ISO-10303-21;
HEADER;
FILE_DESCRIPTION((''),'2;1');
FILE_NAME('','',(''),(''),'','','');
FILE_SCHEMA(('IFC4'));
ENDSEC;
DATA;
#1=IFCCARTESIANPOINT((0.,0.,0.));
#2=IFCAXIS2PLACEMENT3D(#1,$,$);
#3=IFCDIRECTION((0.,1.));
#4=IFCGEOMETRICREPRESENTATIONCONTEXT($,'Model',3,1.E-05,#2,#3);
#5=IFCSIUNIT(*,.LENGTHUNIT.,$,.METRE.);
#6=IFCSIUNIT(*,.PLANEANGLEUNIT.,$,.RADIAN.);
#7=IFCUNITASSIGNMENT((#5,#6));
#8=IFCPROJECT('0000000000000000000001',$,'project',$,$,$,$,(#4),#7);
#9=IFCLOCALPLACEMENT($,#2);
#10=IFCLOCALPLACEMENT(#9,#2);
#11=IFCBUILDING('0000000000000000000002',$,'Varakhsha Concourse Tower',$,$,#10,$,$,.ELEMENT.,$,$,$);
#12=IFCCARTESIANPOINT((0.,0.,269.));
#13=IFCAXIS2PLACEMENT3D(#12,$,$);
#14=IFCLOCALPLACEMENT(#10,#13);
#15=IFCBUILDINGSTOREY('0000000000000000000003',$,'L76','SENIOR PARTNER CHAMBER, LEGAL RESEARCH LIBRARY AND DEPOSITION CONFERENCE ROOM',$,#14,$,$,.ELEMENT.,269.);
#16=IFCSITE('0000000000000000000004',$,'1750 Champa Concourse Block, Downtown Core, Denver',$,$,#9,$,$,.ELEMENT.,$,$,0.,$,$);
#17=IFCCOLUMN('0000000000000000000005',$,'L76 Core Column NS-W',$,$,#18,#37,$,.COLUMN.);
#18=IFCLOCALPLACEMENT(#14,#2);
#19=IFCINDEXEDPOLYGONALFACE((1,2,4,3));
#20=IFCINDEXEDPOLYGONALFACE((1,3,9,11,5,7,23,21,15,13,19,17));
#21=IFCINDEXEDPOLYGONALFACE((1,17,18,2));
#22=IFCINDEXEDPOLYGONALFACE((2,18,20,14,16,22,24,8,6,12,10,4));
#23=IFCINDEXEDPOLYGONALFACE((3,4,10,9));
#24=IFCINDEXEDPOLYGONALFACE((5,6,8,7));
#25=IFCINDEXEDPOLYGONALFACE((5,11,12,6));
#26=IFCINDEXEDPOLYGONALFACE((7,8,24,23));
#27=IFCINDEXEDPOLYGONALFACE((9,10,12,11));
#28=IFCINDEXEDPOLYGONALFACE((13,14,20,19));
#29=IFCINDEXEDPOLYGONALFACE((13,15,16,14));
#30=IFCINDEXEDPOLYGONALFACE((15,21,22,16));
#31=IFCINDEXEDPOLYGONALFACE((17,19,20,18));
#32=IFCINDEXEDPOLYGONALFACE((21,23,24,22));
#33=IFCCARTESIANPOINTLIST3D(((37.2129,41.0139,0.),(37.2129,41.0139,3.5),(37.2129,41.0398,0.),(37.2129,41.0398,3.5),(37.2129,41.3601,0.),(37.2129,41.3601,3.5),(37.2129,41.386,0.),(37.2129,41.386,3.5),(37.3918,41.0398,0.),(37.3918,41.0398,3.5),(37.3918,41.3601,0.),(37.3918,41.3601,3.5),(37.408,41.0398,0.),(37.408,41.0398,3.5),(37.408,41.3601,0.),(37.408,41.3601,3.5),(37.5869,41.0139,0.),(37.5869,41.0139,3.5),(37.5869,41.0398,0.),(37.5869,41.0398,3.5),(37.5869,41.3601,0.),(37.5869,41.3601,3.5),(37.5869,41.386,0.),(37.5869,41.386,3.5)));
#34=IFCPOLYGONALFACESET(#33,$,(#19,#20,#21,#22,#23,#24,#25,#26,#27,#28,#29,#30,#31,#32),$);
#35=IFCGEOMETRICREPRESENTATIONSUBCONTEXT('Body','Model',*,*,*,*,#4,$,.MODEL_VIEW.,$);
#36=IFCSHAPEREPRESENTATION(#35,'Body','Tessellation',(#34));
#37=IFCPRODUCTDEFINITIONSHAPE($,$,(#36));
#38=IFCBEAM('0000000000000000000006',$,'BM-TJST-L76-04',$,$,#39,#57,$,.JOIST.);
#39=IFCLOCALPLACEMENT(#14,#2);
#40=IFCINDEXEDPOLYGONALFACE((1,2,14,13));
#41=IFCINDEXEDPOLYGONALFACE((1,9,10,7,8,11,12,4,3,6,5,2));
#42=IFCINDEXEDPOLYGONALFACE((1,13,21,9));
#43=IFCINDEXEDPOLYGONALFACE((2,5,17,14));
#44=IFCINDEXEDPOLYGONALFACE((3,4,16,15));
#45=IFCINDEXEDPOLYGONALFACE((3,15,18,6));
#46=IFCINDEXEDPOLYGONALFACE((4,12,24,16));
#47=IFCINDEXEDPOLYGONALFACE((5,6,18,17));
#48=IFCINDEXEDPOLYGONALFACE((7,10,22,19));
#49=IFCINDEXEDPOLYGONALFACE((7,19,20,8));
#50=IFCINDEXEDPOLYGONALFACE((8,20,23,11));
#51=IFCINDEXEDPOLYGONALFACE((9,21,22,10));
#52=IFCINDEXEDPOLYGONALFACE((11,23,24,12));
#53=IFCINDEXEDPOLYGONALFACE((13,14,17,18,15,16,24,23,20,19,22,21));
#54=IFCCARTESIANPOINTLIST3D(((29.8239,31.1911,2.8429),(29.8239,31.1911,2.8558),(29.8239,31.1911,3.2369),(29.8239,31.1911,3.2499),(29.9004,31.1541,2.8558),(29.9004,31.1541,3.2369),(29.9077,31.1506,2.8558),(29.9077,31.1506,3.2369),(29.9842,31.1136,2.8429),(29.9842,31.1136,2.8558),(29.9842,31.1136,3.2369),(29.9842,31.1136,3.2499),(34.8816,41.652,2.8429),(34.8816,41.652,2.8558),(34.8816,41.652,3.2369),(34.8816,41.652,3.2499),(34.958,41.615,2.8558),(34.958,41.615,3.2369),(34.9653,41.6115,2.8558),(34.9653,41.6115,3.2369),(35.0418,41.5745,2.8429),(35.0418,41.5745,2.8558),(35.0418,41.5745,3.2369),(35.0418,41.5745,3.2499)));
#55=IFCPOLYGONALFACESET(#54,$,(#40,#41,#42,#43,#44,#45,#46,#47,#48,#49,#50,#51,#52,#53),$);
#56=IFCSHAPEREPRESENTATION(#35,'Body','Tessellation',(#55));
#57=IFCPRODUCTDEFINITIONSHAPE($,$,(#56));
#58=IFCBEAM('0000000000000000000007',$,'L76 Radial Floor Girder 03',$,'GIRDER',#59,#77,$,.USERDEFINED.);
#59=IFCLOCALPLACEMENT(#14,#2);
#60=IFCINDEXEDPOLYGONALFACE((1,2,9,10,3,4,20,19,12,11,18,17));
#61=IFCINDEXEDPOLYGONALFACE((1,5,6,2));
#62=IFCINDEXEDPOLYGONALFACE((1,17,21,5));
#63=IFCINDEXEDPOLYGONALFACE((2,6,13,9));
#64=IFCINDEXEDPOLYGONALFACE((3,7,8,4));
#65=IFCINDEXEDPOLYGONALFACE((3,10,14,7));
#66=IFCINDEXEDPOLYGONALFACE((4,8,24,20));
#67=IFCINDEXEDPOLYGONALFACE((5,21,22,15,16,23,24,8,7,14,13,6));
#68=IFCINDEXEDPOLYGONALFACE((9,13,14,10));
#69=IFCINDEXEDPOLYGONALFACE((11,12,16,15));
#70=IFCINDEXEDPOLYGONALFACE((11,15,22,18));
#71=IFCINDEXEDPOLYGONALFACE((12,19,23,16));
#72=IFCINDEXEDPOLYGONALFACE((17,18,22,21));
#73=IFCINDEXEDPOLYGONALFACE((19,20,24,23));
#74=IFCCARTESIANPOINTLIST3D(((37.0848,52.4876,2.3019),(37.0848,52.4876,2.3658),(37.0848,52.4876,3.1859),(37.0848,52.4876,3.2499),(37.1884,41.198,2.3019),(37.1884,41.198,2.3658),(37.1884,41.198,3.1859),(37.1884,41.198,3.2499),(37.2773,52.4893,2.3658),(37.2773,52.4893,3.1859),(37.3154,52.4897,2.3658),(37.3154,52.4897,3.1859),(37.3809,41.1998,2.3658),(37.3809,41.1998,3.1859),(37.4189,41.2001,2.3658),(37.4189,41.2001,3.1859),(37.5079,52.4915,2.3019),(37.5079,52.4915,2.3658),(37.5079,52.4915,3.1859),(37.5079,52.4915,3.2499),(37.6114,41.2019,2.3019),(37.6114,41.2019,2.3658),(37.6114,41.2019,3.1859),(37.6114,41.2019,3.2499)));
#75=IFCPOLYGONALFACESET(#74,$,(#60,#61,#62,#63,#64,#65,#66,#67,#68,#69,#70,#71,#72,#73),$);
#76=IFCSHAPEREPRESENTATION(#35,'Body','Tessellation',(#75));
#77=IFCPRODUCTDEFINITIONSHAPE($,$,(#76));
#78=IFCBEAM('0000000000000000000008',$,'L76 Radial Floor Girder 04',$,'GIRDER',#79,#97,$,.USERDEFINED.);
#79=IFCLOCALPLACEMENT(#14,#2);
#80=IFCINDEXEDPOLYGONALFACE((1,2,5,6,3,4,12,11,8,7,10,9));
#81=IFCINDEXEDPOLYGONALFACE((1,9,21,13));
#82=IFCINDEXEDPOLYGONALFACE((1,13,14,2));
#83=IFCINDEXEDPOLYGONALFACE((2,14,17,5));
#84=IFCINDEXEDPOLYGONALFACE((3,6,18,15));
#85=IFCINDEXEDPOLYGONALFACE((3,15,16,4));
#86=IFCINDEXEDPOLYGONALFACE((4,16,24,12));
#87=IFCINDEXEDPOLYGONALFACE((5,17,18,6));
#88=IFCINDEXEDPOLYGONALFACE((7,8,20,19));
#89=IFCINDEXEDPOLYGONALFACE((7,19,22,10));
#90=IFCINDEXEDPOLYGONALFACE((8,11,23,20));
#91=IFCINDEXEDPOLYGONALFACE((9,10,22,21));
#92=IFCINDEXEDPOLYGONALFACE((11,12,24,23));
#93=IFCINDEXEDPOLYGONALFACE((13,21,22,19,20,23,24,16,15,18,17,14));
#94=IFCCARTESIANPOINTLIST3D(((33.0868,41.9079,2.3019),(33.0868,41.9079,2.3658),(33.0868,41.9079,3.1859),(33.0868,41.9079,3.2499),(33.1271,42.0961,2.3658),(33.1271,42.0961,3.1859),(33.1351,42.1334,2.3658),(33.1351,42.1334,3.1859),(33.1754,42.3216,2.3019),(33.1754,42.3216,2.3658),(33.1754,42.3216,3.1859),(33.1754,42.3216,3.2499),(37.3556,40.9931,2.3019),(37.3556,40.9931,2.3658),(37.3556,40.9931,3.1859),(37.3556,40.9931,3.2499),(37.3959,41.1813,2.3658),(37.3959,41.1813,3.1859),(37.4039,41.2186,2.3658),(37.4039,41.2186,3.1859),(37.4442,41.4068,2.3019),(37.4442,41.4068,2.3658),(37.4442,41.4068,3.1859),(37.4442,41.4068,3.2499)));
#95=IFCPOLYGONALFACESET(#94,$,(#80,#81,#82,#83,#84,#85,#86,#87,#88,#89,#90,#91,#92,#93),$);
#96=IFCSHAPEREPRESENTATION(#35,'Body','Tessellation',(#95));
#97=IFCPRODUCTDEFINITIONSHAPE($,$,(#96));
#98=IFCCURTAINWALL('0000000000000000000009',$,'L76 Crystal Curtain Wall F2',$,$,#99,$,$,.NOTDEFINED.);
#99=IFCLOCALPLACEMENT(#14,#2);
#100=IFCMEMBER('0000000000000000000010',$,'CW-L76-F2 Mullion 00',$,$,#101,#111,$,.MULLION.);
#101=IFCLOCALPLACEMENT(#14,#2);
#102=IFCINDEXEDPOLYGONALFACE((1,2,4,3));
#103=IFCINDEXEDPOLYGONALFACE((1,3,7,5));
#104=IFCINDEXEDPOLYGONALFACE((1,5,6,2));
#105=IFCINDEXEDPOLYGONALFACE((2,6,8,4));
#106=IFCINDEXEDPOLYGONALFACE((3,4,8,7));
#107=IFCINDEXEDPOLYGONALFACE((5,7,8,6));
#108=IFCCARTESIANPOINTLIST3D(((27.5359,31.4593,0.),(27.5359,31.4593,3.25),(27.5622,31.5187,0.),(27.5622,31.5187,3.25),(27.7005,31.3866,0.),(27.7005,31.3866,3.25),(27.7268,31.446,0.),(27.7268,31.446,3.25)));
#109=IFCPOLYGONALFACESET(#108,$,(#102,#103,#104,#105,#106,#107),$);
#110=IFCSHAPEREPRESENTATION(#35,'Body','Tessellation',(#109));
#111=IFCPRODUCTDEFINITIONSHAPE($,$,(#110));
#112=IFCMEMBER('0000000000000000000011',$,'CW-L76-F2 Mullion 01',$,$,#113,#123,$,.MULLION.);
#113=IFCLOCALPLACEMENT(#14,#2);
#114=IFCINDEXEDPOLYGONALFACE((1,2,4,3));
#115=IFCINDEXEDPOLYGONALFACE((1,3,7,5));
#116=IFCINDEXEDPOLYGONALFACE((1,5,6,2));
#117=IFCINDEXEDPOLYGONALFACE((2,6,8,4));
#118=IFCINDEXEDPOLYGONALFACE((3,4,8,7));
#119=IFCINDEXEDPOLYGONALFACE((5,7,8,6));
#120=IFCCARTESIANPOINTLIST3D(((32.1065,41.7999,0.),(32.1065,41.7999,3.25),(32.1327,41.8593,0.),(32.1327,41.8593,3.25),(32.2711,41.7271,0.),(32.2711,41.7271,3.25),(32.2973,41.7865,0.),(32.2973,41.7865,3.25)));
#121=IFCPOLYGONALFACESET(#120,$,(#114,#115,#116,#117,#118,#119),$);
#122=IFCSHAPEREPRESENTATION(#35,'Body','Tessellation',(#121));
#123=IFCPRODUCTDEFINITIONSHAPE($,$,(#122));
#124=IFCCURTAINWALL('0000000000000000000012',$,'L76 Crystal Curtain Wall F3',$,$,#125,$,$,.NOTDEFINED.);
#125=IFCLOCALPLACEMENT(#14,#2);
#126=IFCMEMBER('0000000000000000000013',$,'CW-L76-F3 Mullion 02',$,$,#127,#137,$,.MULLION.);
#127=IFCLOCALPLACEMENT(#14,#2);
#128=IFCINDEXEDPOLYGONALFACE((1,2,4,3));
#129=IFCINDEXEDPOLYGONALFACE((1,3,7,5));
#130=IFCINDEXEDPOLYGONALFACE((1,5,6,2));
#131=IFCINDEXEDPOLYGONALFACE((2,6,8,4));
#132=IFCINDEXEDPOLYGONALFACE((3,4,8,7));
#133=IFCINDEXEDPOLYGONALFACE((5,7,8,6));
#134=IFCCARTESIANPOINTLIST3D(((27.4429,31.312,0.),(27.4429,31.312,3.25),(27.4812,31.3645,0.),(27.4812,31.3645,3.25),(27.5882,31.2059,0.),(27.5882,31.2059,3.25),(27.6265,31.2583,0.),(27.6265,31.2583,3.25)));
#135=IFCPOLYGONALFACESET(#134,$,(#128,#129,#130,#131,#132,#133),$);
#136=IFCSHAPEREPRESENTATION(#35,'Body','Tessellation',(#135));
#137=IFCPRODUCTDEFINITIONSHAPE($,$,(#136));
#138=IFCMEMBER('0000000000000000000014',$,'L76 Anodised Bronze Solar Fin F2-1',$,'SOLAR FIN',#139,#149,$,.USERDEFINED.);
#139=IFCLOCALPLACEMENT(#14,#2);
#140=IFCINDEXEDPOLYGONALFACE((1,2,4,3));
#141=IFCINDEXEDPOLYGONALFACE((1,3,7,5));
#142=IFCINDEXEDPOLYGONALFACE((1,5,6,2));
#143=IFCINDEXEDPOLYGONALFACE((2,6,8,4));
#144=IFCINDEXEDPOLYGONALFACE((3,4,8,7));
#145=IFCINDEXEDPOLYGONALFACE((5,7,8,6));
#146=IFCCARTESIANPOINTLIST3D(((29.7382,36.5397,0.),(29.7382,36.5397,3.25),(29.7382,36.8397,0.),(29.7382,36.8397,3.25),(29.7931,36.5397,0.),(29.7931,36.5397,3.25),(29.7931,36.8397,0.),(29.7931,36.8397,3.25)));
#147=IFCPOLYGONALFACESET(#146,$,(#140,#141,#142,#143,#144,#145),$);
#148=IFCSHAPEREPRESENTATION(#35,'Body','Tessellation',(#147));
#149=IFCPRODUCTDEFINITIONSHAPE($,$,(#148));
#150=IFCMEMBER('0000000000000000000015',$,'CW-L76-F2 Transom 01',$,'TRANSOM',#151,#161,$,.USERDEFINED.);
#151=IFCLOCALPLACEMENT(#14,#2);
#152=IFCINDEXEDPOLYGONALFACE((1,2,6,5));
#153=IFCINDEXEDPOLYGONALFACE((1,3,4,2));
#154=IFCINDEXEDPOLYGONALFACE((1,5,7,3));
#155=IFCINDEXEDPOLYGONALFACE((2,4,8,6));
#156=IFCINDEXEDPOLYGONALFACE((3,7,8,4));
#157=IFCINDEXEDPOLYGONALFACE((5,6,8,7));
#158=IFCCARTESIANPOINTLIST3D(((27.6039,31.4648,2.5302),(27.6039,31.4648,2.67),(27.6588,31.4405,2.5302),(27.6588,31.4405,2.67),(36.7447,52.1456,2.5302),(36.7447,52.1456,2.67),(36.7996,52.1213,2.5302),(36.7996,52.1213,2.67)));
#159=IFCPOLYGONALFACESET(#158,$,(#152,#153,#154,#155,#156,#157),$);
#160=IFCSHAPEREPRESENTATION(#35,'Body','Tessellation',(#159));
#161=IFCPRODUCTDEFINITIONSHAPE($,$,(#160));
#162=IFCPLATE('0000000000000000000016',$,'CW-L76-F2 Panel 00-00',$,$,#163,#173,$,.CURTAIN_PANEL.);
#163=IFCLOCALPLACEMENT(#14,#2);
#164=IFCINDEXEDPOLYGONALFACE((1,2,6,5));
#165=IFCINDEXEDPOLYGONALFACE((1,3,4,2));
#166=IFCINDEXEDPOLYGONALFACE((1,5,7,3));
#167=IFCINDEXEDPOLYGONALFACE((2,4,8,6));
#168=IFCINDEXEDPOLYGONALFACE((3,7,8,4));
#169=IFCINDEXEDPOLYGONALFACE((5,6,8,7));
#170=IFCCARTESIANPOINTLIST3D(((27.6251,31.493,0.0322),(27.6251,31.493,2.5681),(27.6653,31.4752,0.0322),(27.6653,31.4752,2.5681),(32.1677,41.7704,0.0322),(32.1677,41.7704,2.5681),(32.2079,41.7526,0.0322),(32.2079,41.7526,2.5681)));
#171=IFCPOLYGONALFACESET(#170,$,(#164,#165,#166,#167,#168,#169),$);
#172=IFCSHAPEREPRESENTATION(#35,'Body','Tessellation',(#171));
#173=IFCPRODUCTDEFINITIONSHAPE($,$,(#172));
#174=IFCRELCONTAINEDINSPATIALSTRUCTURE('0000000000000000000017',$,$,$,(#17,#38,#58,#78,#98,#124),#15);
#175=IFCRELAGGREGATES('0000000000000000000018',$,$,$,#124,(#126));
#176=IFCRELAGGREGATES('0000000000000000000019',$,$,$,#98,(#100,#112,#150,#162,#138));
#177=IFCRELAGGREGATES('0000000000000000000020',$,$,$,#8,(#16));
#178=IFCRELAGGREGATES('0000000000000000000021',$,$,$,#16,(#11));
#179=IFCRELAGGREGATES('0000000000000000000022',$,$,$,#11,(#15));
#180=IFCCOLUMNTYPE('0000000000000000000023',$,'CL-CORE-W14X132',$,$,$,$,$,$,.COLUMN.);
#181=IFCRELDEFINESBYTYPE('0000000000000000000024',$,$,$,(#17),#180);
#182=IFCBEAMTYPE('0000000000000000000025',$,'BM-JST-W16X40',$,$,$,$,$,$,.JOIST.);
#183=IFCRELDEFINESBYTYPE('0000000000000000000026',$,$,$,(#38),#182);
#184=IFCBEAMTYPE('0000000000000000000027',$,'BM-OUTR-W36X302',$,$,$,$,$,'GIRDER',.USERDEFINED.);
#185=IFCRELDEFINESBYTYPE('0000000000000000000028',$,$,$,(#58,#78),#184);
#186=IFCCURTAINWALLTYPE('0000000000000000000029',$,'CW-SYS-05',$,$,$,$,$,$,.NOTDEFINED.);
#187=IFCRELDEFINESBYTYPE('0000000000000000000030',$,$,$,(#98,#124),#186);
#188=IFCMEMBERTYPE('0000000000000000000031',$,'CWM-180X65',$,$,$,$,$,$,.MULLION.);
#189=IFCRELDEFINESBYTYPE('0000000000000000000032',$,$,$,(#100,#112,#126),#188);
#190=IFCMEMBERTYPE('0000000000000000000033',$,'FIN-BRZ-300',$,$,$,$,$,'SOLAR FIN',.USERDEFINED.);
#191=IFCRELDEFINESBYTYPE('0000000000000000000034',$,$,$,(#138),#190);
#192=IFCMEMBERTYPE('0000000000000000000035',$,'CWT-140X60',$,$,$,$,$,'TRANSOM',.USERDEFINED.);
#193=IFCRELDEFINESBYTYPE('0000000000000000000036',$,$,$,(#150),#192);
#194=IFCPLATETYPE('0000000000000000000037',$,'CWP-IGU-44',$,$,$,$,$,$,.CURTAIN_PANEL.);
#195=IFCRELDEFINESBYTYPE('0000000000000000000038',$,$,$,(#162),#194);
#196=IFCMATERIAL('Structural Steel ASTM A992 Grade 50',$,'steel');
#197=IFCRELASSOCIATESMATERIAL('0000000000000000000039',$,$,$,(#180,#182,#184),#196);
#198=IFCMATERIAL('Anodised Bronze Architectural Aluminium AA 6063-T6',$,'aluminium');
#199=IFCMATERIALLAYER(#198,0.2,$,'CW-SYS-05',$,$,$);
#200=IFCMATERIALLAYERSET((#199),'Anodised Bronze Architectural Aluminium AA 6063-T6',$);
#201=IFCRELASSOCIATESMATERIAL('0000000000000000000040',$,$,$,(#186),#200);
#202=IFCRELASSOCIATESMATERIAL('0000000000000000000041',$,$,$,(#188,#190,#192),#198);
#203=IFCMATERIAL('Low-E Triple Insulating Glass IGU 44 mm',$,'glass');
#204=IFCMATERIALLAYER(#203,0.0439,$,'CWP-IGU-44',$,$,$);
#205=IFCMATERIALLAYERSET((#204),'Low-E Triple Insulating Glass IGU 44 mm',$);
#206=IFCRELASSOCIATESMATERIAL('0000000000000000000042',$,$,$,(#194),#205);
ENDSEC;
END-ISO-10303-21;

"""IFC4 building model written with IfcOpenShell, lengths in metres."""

from ifc_helpers import new_model, si_unit, direction, frame, origin, origin_2d, place, context, subcontext, project, spatial, rectangle, i_section, extrude, source, transform, mapped, material, layer, layer_set, material_profile, profile_set, type_object, type_shapes, element, aggregate, save


model = new_model("IFC4")

# Units and contexts
model_context = context("Model", 3, precision=1e-05, world=origin(), true_north=direction((0.0, 1.0)))
body_context = subcontext(model_context, "Body", "Model", "MODEL_VIEW")
ifc_project = project(units=[si_unit("LENGTHUNIT", "METRE"), si_unit("PLANEANGLEUNIT", "RADIAN")], contexts=[model_context])

# Site, building, storey
site_placement = place(None, origin())
site = spatial("IfcSite", under=ifc_project, at=site_placement, Name="1750 Champa Concourse Block, Downtown Core, Denver", CompositionType="ELEMENT", RefElevation=0.0)
building_placement = place(site_placement, origin())
building = spatial("IfcBuilding", under=site, at=building_placement, Name="Varakhsha Concourse Tower", CompositionType="ELEMENT")
storey_placement = place(building_placement, frame((0.0, 0.0, 269.0)))
storey = spatial("IfcBuildingStorey", under=building, at=storey_placement, Name="L76", Description="SENIOR PARTNER CHAMBER, LEGAL RESEARCH LIBRARY AND DEPOSITION CONFERENCE ROOM", CompositionType="ELEMENT", Elevation=269.0)

# Column
ifc_material_1 = material(Name="Structural Steel ASTM A992 Grade 50", Category="steel")
ifc_material_profile_1 = material_profile(ifc_material_1, i_section(OverallWidth=0.374, OverallDepth=0.3721, WebThickness=0.0161, FlangeThickness=0.0259, at=origin_2d()), Name="W14X132")
ifc_profile_set_1 = profile_set([ifc_material_profile_1], Name="Structural Steel ASTM A992 Grade 50")
column_type = type_object("IfcColumnType", Name="CL-CORE-W14X132", PredefinedType="COLUMN", material=ifc_profile_set_1)
column_placement = place(storey_placement, frame((37.3999, 41.2, 0.0), z_axis=(0.0, 0.0, 1.0), x_axis=(1.0, 0.0, 0.0)))
element("IfcColumn", 1, at=column_placement, inside=storey, type_object=column_type, Name="L76 Core Column NS-W", PredefinedType="COLUMN", context=body_context, shape_type="SweptSolid", body=[
    extrude(i_section(OverallWidth=0.374, OverallDepth=0.3721, WebThickness=0.0161, FlangeThickness=0.0259, at=origin_2d()), origin(), (0.0, 0.0, 1.0), 3.5),
])

# Beams
ifc_material_profile_2 = material_profile(ifc_material_1, i_section(OverallWidth=0.178, OverallDepth=0.407, WebThickness=0.0081, FlangeThickness=0.0129, at=origin_2d()), Name="W16X40")
ifc_profile_set_2 = profile_set([ifc_material_profile_2], Name="Structural Steel ASTM A992 Grade 50")
beam_type_1 = type_object("IfcBeamType", Name="BM-JST-W16X40", PredefinedType="JOIST", material=ifc_profile_set_2)
beam_1_placement = place(storey_placement, frame((34.9617, 41.6133, 3.0464), z_axis=(-0.435273, -0.900298, 0.0), x_axis=(0.900298, -0.435273, 0.0)))
element("IfcBeam", 2, at=beam_1_placement, inside=storey, type_object=beam_type_1, Name="BM-TJST-L76-04", PredefinedType="JOIST", context=body_context, shape_type="SweptSolid", body=[
    extrude(i_section(OverallWidth=0.178, OverallDepth=0.407, WebThickness=0.0081, FlangeThickness=0.0129, at=origin_2d()), origin(), (0.0, 0.0, 1.0), 11.6194),
])
ifc_material_profile_3 = material_profile(ifc_material_1, i_section(OverallWidth=0.4231, OverallDepth=0.948, WebThickness=0.0381, FlangeThickness=0.064, at=origin_2d()), Name="W36X302")
ifc_profile_set_3 = profile_set([ifc_material_profile_3], Name="Structural Steel ASTM A992 Grade 50")
beam_type_2 = type_object("IfcBeamType", Name="BM-OUTR-W36X302", ElementType="GIRDER", PredefinedType="USERDEFINED", material=ifc_profile_set_3)
beam_2_placement = place(storey_placement, frame((37.3999, 41.2, 2.7759), z_axis=(-0.009169, 0.999958, 0.0), x_axis=(-0.999958, -0.009169, 0.0)))
element("IfcBeam", 3, at=beam_2_placement, inside=storey, type_object=beam_type_2, Name="L76 Radial Floor Girder 03", ObjectType="GIRDER", PredefinedType="USERDEFINED", context=body_context, shape_type="SweptSolid", body=[
    extrude(i_section(OverallWidth=0.4231, OverallDepth=0.948, WebThickness=0.0381, FlangeThickness=0.064, at=origin_2d()), origin(), (0.0, 0.0, 1.0), 11.29),
])
beam_3_placement = place(storey_placement, frame((37.3999, 41.2, 2.7759), z_axis=(-0.9778, 0.209541, 0.0), x_axis=(-0.209541, -0.9778, 0.0)))
element("IfcBeam", 4, at=beam_3_placement, inside=storey, type_object=beam_type_2, Name="L76 Radial Floor Girder 04", ObjectType="GIRDER", PredefinedType="USERDEFINED", context=body_context, shape_type="SweptSolid", body=[
    extrude(i_section(OverallWidth=0.4231, OverallDepth=0.948, WebThickness=0.0381, FlangeThickness=0.064, at=origin_2d()), origin(), (0.0, 0.0, 1.0), 4.3657),
])

# Curtain wall, members
ifc_material_2 = material(Name="Anodised Bronze Architectural Aluminium AA 6063-T6", Category="aluminium")
ifc_layer_1 = layer(ifc_material_2, 0.2, Name="CW-SYS-05")
ifc_layer_set_1 = layer_set([ifc_layer_1], Name="Anodised Bronze Architectural Aluminium AA 6063-T6")
curtain_wall_type = type_object("IfcCurtainWallType", Name="CW-SYS-05", PredefinedType="NOTDEFINED", material=ifc_layer_set_1)
curtain_wall_1_placement = place(storey_placement, origin())
curtain_wall_1 = element("IfcCurtainWall", 5, at=curtain_wall_1_placement, inside=storey, type_object=curtain_wall_type, Name="L76 Crystal Curtain Wall F2", PredefinedType="NOTDEFINED")
ifc_material_profile_4 = material_profile(ifc_material_2, rectangle(XDim=0.0649, YDim=0.1799, at=origin_2d()), Name="CWM-180X65")
ifc_profile_set_4 = profile_set([ifc_material_profile_4], Name="Anodised Bronze Architectural Aluminium AA 6063-T6")
member_type_1 = type_object("IfcMemberType", Name="CWM-180X65", PredefinedType="MULLION", material=ifc_profile_set_4)
shared_shape_1 = source(origin(), body_context, "Body", "SweptSolid", [
    extrude(rectangle(XDim=0.0649, YDim=0.1799, at=origin_2d()), origin(), (0.0, 0.0, 1.0), 3.25),
])
type_shapes(member_type_1, [shared_shape_1])
member_1_placement = place(storey_placement, frame((27.6313, 31.4526, 0.0), z_axis=(0.0, 0.0, 1.0), x_axis=(0.404273, 0.914638, 0.0)))
member_1 = element("IfcMember", 6, at=member_1_placement, type_object=member_type_1, Name="CW-L76-F2 Mullion 00", PredefinedType="MULLION", context=body_context, shape_type="MappedRepresentation", body=[
    mapped(shared_shape_1, transform((0.0, 0.0, 0.0), scale=1.0)),
])
member_2_placement = place(storey_placement, frame((32.2019, 41.7932, 0.0), z_axis=(0.0, 0.0, 1.0), x_axis=(0.404273, 0.914638, 0.0)))
member_2 = element("IfcMember", 7, at=member_2_placement, type_object=member_type_1, Name="CW-L76-F2 Mullion 01", PredefinedType="MULLION", context=body_context, shape_type="MappedRepresentation", body=[
    mapped(shared_shape_1, transform((0.0, 0.0, 0.0), scale=1.0)),
])

# Curtain wall, member
curtain_wall_2_placement = place(storey_placement, origin())
curtain_wall_2 = element("IfcCurtainWall", 8, at=curtain_wall_2_placement, inside=storey, type_object=curtain_wall_type, Name="L76 Crystal Curtain Wall F3", PredefinedType="NOTDEFINED")
member_3_placement = place(storey_placement, frame((27.5347, 31.2852, 0.0), z_axis=(0.0, 0.0, 1.0), x_axis=(0.58996, 0.807432, 0.0)))
member_3 = element("IfcMember", 9, at=member_3_placement, type_object=member_type_1, Name="CW-L76-F3 Mullion 02", PredefinedType="MULLION", context=body_context, shape_type="MappedRepresentation", body=[
    mapped(shared_shape_1, transform((0.0, 0.0, 0.0), scale=1.0)),
])
aggregate(curtain_wall_2, [member_3])

# Members
ifc_material_profile_5 = material_profile(ifc_material_2, rectangle(XDim=0.0549, YDim=0.3, at=origin_2d()), Name="FIN-BRZ-300")
ifc_profile_set_5 = profile_set([ifc_material_profile_5], Name="Anodised Bronze Architectural Aluminium AA 6063-T6")
member_type_2 = type_object("IfcMemberType", Name="FIN-BRZ-300", ElementType="SOLAR FIN", PredefinedType="USERDEFINED", material=ifc_profile_set_5)
shared_shape_2 = source(origin(), body_context, "Body", "SweptSolid", [
    extrude(rectangle(XDim=0.0549, YDim=0.3, at=origin_2d()), origin(), (0.0, 0.0, 1.0), 3.25),
])
type_shapes(member_type_2, [shared_shape_2])
member_4_placement = place(storey_placement, frame((29.7656, 36.6897, 0.0), z_axis=(0.0, 0.0, 1.0), x_axis=(1.0, 0.0, 0.0)))
member_4 = element("IfcMember", 10, at=member_4_placement, type_object=member_type_2, Name="L76 Anodised Bronze Solar Fin F2-1", ObjectType="SOLAR FIN", PredefinedType="USERDEFINED", context=body_context, shape_type="MappedRepresentation", body=[
    mapped(shared_shape_2, transform((0.0, 0.0, 0.0), scale=1.0)),
])
ifc_material_profile_6 = material_profile(ifc_material_2, rectangle(XDim=0.0601, YDim=0.1399, at=origin_2d()), Name="CWT-140X60")
ifc_profile_set_6 = profile_set([ifc_material_profile_6], Name="Anodised Bronze Architectural Aluminium AA 6063-T6")
member_type_3 = type_object("IfcMemberType", Name="CWT-140X60", ElementType="TRANSOM", PredefinedType="USERDEFINED", material=ifc_profile_set_6)
shared_shape_3 = source(origin(), body_context, "Body", "SweptSolid", [
    extrude(rectangle(XDim=0.0601, YDim=0.1399, at=origin_2d()), origin(), (0.0, 0.0, 1.0), 22.6108),
])
type_shapes(member_type_3, [shared_shape_3])
member_5_placement = place(storey_placement, frame((27.6313, 31.4526, 2.6001), z_axis=(0.404267, 0.914641, 0.0), x_axis=(-0.914641, 0.404267, 0.0)))
member_5 = element("IfcMember", 11, at=member_5_placement, type_object=member_type_3, Name="CW-L76-F2 Transom 01", ObjectType="TRANSOM", PredefinedType="USERDEFINED", context=body_context, shape_type="MappedRepresentation", body=[
    mapped(shared_shape_3, transform((0.0, 0.0, 0.0), scale=1.0)),
])

# Plate
ifc_material_3 = material(Name="Low-E Triple Insulating Glass IGU 44 mm", Category="glass")
ifc_layer_2 = layer(ifc_material_3, 0.0439, Name="CWP-IGU-44")
ifc_layer_set_2 = layer_set([ifc_layer_2], Name="Low-E Triple Insulating Glass IGU 44 mm")
plate_type_1 = type_object("IfcPlateType", Name="CWP-IGU-44", PredefinedType="CURTAIN_PANEL", material=ifc_layer_set_2)
shared_shape_4 = source(origin(), body_context, "Body", "SweptSolid", [
    extrude(rectangle(XDim=11.2366, YDim=0.0439, at=origin_2d()), origin(), (0.0, 0.0, 1.0), 2.5359),
])
type_shapes(plate_type_1, [shared_shape_4])
plate_1_placement = place(storey_placement, frame((29.9165, 36.6228, 0.0322), z_axis=(0.0, 0.0, 1.0), x_axis=(0.404273, 0.914638, 0.0)))
plate_1 = element("IfcPlate", 12, at=plate_1_placement, type_object=plate_type_1, Name="CW-L76-F2 Panel 00-00", PredefinedType="CURTAIN_PANEL", context=body_context, shape_type="MappedRepresentation", body=[
    mapped(shared_shape_4, transform((0.0, 0.0, 0.0), scale=1.0)),
])
aggregate(curtain_wall_1, [member_1, member_2, member_5, plate_1, member_4])

save(model, "model.ifc")
